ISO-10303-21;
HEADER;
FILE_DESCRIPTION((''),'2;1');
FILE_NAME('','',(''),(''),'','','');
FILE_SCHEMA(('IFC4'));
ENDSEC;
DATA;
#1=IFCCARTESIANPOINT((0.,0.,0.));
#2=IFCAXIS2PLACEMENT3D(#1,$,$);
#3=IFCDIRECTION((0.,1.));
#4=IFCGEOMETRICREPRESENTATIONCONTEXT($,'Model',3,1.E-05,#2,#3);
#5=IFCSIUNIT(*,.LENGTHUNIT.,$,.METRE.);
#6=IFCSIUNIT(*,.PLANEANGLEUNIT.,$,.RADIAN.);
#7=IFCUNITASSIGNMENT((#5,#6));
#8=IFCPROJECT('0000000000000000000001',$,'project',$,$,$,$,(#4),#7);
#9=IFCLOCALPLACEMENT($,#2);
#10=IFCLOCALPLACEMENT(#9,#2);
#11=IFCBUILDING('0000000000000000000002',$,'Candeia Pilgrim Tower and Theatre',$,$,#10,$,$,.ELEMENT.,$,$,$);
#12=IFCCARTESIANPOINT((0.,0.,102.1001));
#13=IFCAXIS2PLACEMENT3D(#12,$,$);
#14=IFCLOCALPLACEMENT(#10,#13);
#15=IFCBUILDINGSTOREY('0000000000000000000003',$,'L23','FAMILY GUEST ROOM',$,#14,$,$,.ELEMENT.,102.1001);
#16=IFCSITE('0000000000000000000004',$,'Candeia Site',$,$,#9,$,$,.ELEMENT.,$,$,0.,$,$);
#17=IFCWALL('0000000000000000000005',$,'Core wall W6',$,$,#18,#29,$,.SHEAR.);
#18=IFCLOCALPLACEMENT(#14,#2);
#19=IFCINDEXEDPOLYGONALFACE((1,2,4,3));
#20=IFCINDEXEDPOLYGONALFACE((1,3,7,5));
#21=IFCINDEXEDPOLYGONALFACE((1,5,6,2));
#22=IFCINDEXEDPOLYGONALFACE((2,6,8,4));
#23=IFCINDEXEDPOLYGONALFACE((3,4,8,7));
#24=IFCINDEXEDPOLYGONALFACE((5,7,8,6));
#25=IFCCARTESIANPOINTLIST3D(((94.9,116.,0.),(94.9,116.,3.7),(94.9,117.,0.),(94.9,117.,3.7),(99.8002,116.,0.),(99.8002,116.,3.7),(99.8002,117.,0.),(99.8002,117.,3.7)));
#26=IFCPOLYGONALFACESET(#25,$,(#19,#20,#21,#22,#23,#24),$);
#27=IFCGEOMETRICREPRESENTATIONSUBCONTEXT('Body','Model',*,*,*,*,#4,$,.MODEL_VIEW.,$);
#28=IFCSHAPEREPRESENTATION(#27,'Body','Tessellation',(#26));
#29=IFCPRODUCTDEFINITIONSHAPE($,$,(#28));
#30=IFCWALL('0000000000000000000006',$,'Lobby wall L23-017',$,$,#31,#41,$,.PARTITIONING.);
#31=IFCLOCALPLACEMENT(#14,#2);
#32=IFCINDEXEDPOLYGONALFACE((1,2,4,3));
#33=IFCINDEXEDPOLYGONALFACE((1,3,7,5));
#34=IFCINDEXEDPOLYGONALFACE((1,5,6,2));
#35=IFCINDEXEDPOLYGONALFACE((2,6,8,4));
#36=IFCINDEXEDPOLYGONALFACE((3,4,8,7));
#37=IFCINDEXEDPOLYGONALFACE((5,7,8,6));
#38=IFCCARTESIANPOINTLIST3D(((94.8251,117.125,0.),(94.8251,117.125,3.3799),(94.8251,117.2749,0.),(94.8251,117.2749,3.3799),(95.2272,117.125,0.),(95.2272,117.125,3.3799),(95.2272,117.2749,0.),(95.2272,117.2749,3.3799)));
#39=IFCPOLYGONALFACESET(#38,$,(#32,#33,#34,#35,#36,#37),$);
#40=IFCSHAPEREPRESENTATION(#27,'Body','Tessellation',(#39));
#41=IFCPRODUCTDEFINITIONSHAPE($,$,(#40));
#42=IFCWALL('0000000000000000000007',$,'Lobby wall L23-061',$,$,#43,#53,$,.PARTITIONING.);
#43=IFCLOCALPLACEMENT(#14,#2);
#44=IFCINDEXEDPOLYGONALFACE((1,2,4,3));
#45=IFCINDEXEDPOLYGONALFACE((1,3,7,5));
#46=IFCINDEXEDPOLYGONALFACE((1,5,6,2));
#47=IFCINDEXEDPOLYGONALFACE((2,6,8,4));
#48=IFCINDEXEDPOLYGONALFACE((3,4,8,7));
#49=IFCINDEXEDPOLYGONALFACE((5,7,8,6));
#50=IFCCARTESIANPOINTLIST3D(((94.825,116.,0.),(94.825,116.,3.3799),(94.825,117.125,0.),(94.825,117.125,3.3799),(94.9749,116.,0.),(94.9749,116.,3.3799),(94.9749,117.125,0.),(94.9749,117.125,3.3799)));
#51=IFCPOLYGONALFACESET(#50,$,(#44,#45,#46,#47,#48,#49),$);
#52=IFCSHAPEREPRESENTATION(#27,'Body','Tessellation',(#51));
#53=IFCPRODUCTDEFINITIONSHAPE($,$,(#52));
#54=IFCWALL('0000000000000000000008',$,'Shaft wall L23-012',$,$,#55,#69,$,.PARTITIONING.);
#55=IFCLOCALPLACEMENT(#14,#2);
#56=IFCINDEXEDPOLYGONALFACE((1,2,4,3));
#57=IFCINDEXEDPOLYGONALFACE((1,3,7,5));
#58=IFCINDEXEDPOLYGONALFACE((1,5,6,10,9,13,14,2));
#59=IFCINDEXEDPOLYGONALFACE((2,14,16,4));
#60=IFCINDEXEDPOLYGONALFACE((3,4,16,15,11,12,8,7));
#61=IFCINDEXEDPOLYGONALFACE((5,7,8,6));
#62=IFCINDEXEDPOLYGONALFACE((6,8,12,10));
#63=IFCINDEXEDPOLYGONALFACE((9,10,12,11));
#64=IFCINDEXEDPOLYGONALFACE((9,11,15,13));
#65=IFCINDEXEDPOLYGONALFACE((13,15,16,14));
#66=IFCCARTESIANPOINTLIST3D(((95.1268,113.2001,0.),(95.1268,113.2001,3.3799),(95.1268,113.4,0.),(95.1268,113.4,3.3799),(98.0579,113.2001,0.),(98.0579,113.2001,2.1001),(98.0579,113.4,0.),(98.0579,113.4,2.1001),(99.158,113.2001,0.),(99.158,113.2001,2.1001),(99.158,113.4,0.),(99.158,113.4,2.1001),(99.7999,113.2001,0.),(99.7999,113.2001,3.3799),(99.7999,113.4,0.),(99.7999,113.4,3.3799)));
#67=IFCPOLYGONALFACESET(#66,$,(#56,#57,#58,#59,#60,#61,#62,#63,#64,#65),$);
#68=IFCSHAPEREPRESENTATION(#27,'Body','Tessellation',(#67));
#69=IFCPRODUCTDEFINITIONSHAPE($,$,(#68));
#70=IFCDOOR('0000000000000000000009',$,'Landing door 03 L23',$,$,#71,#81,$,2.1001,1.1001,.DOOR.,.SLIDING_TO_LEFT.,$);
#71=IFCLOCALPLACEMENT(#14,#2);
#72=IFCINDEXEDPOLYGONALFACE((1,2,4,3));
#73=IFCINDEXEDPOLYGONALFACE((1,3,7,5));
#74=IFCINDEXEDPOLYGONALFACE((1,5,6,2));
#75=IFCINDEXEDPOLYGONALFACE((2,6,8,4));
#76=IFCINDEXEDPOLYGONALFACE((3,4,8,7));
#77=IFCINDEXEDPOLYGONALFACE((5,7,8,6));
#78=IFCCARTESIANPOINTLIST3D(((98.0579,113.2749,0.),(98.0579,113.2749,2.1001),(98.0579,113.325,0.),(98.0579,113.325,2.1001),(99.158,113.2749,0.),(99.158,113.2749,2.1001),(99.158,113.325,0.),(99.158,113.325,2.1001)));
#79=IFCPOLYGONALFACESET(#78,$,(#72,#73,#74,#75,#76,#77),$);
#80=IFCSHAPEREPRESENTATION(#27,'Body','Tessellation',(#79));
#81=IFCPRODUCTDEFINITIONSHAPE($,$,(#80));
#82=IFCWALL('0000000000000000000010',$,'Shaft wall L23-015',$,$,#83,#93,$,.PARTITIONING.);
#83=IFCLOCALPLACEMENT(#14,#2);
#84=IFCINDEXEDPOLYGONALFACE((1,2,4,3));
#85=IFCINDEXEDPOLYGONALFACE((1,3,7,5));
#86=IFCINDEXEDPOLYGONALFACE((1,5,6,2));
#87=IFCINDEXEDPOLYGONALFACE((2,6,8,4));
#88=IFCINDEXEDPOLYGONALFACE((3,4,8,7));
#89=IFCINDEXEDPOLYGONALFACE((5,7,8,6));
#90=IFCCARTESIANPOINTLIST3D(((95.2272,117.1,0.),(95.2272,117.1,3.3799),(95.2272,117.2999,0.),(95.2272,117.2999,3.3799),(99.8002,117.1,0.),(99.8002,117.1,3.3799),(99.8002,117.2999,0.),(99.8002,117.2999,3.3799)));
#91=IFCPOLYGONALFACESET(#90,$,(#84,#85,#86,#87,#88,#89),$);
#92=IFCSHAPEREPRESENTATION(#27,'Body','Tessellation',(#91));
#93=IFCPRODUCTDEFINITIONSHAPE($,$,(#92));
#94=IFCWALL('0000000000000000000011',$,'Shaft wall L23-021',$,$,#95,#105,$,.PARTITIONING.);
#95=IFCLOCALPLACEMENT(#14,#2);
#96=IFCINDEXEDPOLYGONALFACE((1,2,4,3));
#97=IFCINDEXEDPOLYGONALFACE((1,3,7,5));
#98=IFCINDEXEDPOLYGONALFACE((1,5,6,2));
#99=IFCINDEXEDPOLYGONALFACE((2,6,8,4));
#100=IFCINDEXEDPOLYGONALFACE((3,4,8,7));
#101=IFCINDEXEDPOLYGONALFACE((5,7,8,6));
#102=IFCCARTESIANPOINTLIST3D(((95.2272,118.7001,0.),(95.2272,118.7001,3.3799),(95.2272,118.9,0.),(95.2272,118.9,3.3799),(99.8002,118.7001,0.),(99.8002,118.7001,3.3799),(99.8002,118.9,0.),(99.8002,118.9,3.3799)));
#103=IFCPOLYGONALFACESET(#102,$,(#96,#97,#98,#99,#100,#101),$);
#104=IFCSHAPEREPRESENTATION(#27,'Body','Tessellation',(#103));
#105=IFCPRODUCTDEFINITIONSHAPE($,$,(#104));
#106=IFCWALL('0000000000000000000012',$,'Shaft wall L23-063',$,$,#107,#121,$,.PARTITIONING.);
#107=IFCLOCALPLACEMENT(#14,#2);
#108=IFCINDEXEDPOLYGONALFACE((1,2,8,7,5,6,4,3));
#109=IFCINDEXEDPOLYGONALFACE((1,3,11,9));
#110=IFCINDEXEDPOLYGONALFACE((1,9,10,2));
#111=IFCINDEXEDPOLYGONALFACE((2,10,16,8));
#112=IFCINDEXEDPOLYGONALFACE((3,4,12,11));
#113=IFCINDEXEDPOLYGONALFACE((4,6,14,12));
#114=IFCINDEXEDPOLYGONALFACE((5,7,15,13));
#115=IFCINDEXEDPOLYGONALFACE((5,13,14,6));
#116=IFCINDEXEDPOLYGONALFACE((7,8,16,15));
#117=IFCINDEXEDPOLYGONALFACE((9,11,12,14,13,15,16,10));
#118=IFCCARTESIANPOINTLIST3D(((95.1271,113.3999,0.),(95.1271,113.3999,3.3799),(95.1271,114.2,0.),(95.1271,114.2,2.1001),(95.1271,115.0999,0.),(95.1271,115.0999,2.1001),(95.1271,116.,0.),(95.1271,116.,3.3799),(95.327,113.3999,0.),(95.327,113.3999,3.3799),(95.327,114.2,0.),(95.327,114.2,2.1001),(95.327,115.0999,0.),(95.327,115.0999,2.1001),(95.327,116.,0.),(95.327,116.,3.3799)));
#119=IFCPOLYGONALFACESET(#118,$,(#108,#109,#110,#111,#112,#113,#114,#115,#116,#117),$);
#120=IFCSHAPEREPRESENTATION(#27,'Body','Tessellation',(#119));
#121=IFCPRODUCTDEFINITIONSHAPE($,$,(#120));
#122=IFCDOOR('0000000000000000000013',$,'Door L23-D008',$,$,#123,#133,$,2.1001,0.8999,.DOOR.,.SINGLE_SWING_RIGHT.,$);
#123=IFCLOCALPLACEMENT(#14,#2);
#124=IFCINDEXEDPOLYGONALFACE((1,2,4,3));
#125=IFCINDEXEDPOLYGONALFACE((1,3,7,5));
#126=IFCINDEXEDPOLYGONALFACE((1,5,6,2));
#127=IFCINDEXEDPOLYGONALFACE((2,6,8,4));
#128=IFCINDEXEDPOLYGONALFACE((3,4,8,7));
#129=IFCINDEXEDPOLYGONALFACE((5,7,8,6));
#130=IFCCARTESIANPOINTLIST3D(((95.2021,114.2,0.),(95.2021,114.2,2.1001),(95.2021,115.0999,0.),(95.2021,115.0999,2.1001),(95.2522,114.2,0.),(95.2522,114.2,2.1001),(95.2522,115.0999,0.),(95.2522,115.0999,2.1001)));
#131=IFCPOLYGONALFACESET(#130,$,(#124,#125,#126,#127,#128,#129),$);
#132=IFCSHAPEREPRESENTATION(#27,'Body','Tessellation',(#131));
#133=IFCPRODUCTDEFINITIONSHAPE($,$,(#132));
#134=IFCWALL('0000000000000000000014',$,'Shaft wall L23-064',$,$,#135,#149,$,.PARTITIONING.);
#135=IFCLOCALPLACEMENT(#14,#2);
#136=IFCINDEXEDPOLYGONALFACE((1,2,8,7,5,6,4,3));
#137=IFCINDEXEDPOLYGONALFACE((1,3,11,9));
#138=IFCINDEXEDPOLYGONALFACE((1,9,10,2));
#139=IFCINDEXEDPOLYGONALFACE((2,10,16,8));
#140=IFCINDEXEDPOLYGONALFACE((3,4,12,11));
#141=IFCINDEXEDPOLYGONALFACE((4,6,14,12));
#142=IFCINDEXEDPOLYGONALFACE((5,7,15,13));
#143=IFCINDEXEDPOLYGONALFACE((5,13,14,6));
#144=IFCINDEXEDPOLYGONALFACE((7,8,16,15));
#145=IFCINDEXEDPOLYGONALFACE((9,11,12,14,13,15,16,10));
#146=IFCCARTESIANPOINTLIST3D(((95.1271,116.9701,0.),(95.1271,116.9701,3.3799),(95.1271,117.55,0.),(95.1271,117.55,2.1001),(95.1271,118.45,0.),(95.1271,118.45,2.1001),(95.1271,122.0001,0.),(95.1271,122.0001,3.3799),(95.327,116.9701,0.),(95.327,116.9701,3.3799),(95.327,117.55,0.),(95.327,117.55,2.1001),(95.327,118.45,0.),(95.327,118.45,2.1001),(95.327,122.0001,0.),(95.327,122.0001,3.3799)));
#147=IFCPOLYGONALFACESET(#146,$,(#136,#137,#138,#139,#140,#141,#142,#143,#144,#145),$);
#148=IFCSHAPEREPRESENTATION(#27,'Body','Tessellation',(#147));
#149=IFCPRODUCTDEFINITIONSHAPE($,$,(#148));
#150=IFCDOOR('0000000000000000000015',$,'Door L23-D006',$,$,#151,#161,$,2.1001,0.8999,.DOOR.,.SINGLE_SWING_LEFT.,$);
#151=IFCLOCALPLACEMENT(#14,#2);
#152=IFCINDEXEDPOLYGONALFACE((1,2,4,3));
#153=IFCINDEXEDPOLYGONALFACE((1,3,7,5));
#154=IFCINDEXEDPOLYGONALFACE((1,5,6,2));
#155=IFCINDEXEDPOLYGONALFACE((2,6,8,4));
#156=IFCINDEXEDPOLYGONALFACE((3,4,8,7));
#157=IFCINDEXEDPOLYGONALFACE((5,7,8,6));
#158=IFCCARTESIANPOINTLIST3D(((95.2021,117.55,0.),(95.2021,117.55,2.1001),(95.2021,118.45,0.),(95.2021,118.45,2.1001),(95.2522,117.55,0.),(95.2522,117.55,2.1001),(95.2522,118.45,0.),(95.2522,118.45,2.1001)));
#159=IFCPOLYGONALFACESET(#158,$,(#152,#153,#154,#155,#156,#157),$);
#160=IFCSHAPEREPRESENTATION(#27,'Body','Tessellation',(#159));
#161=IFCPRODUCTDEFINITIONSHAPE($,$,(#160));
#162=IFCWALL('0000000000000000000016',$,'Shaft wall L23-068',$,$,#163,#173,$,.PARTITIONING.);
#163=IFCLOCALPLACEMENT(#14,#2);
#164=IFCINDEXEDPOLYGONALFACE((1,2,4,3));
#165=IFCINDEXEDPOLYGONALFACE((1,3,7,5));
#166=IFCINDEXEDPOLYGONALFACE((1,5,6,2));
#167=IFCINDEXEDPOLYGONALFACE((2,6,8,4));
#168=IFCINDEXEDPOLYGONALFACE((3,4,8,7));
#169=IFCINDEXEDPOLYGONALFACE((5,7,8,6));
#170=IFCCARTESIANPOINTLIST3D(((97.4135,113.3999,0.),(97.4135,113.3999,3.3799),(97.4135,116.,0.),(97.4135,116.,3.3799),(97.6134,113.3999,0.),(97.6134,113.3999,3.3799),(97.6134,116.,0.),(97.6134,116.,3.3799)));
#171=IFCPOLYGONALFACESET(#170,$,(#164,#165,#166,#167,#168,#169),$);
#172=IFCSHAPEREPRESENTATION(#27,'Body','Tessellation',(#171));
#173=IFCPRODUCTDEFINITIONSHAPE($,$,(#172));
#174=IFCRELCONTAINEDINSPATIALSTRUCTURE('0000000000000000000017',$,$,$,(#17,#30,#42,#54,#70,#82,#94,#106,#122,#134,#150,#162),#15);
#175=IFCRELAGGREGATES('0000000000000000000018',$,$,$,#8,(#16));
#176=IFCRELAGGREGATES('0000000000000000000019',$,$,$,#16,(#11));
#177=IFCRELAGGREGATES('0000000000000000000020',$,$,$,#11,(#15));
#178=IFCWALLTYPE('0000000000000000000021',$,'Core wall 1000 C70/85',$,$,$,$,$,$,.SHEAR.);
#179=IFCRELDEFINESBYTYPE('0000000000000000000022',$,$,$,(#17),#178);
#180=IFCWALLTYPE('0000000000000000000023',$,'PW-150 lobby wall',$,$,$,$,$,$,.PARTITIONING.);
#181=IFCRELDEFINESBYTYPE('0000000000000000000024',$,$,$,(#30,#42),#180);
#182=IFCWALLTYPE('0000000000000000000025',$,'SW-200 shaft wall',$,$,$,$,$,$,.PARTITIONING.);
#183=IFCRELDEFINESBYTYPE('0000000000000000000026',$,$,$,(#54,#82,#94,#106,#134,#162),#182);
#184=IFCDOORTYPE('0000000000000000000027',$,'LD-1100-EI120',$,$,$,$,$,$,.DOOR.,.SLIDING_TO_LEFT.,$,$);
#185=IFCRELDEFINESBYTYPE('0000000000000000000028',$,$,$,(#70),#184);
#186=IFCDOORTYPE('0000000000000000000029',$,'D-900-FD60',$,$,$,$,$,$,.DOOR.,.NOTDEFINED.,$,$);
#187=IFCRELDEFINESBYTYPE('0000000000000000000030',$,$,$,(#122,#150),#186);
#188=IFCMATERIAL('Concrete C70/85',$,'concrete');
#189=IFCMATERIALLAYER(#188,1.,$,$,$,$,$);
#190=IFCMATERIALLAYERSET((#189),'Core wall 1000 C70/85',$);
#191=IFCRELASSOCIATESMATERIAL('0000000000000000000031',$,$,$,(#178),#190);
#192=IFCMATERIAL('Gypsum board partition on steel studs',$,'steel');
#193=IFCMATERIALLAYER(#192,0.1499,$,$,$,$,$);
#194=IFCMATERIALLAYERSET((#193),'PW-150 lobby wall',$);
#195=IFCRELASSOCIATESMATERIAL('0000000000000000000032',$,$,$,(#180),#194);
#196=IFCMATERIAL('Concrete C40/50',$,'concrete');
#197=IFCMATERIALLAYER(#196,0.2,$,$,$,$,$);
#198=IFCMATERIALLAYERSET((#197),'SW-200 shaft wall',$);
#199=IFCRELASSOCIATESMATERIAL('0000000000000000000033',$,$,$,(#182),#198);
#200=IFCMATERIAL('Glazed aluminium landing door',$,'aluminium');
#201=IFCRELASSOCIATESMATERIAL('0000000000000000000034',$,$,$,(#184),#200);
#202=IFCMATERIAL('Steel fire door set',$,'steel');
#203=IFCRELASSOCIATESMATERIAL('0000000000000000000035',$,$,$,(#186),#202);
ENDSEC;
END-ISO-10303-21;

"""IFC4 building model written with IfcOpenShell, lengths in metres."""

from ifc_helpers import new_model, si_unit, direction, frame, frame_2d, origin, place, context, subcontext, project, spatial, rectangle, extrude, material, layer, layer_set, type_object, element, fill, save


model = new_model("IFC4")

# Units and contexts
model_context = context("Model", 3, precision=1e-05, world=origin(), true_north=direction((0.0, 1.0)))
body_context = subcontext(model_context, "Body", "Model", "MODEL_VIEW")
ifc_project = project(units=[si_unit("LENGTHUNIT", "METRE"), si_unit("PLANEANGLEUNIT", "RADIAN")], contexts=[model_context])

# Site, building, storey
site_placement = place(None, origin())
site = spatial("IfcSite", under=ifc_project, at=site_placement, Name="Candeia Site", CompositionType="ELEMENT", RefElevation=0.0)
building_placement = place(site_placement, origin())
building = spatial("IfcBuilding", under=site, at=building_placement, Name="Candeia Pilgrim Tower and Theatre", CompositionType="ELEMENT")
storey_placement = place(building_placement, frame((0.0, 0.0, 102.1001)))
storey = spatial("IfcBuildingStorey", under=building, at=storey_placement, Name="L23", Description="FAMILY GUEST ROOM", CompositionType="ELEMENT", Elevation=102.1001)

# Walls
ifc_material_1 = material(Name="Concrete C70/85", Category="concrete")
ifc_layer_1 = layer(ifc_material_1, 1.0)
ifc_layer_set_1 = layer_set([ifc_layer_1], Name="Core wall 1000 C70/85")
wall_type_1 = type_object("IfcWallType", Name="Core wall 1000 C70/85", PredefinedType="SHEAR", material=ifc_layer_set_1)
wall_1_placement = place(storey_placement, frame((94.8999, 116.5, 0.0), z_axis=(0.0, 0.0, 1.0), x_axis=(1.0, 0.0, 0.0)))
element("IfcWall", 1, at=wall_1_placement, inside=storey, type_object=wall_type_1, Name="Core wall W6", PredefinedType="SHEAR", context=body_context, shape_type="SweptSolid", body=[
    extrude(rectangle(XDim=4.9001, YDim=1.0, at=frame_2d((2.4502, 0.0))), origin(), (0.0, 0.0, 1.0), 3.7),
])
ifc_material_2 = material(Name="Gypsum board partition on steel studs", Category="steel")
ifc_layer_2 = layer(ifc_material_2, 0.1499)
ifc_layer_set_2 = layer_set([ifc_layer_2], Name="PW-150 lobby wall")
wall_type_2 = type_object("IfcWallType", Name="PW-150 lobby wall", PredefinedType="PARTITIONING", material=ifc_layer_set_2)
wall_2_placement = place(storey_placement, frame((94.825, 117.2, 0.0), z_axis=(0.0, 0.0, 1.0), x_axis=(1.0, 0.0, 0.0)))
element("IfcWall", 2, at=wall_2_placement, inside=storey, type_object=wall_type_2, Name="Lobby wall L23-017", PredefinedType="PARTITIONING", context=body_context, shape_type="SweptSolid", body=[
    extrude(rectangle(XDim=0.4021, YDim=0.1499, at=frame_2d((0.2012, 0.0))), origin(), (0.0, 0.0, 1.0), 3.3799),
])
wall_3_placement = place(storey_placement, frame((94.8999, 116.0, 0.0), z_axis=(0.0, 0.0, 1.0), x_axis=(0.0, 1.0, 0.0)))
element("IfcWall", 3, at=wall_3_placement, inside=storey, type_object=wall_type_2, Name="Lobby wall L23-061", PredefinedType="PARTITIONING", context=body_context, shape_type="SweptSolid", body=[
    extrude(rectangle(XDim=1.125, YDim=0.1499, at=frame_2d((0.5625, 0.0))), origin(), (0.0, 0.0, 1.0), 3.3799),
])

# Wall, opening, door
ifc_material_3 = material(Name="Concrete C40/50", Category="concrete")
ifc_layer_3 = layer(ifc_material_3, 0.2)
ifc_layer_set_3 = layer_set([ifc_layer_3], Name="SW-200 shaft wall")
wall_type_3 = type_object("IfcWallType", Name="SW-200 shaft wall", PredefinedType="PARTITIONING", material=ifc_layer_set_3)
wall_4_placement = place(storey_placement, frame((95.127, 113.3, 0.0), z_axis=(0.0, 0.0, 1.0), x_axis=(1.0, 0.0, 0.0)))
wall_4 = element("IfcWall", 4, at=wall_4_placement, inside=storey, type_object=wall_type_3, Name="Shaft wall L23-012", PredefinedType="PARTITIONING", context=body_context, shape_type="SweptSolid", body=[
    extrude(rectangle(XDim=4.6731, YDim=0.2, at=frame_2d((2.3364, 0.0))), origin(), (0.0, 0.0, 1.0), 3.3799),
])
opening_1_placement = place(wall_4_placement, frame((2.9309, 0.0, 0.0)))
opening_1 = element("IfcOpeningElement", 5, at=opening_1_placement, cuts=wall_4, PredefinedType="OPENING", context=body_context, shape_type="SweptSolid", body=[
    extrude(rectangle(XDim=1.1001, YDim=2.1001, at=frame_2d((0.55, 1.05))), frame((0.0, 0.1099, 0.0), z_axis=(0.0, -1.0, 0.0), x_axis=(1.0, 0.0, 0.0)), (0.0, 0.0, 1.0), 0.22),
])
ifc_material_4 = material(Name="Glazed aluminium landing door", Category="aluminium")
door_type_1 = type_object("IfcDoorType", Name="LD-1100-EI120", OperationType="SLIDING_TO_LEFT", PredefinedType="DOOR", material=ifc_material_4)
door_1_placement = place(opening_1_placement, origin())
door_1 = element("IfcDoor", 6, at=door_1_placement, inside=storey, type_object=door_type_1, Name="Landing door 03 L23", OperationType="SLIDING_TO_LEFT", OverallHeight=2.1001, OverallWidth=1.1001, PredefinedType="DOOR", context=body_context, shape_type="SweptSolid", body=[
    extrude(rectangle(XDim=1.1001, YDim=2.1001, at=frame_2d((0.55, 1.05))), frame((0.0, 0.0249, 0.0), z_axis=(0.0, -1.0, 0.0), x_axis=(1.0, 0.0, 0.0)), (0.0, 0.0, 1.0), 0.05),
])
fill(opening_1, door_1)

# Walls
for number, where, z_axis, x_axis, name in (
    (7, (95.2271, 117.2, 0.0), (0.0, 0.0, 1.0), (1.0, 0.0, 0.0), "Shaft wall L23-015"),
    (8, (95.2271, 118.8, 0.0), (0.0, 0.0, 1.0), (1.0, 0.0, 0.0), "Shaft wall L23-021"),
):
    element("IfcWall", number, at=place(storey_placement, frame(where, z_axis=z_axis, x_axis=x_axis)), inside=storey, type_object=wall_type_3, Name=name, PredefinedType="PARTITIONING", context=body_context, shape_type="SweptSolid", body=[
        extrude(rectangle(XDim=4.573, YDim=0.2, at=frame_2d((2.2866, 0.0))), origin(), (0.0, 0.0, 1.0), 3.3799),
    ])

# Walls, openings, doors
wall_5_placement = place(storey_placement, frame((95.2271, 113.3999, 0.0), z_axis=(0.0, 0.0, 1.0), x_axis=(0.0, 1.0, 0.0)))
wall_5 = element("IfcWall", 9, at=wall_5_placement, inside=storey, type_object=wall_type_3, Name="Shaft wall L23-063", PredefinedType="PARTITIONING", context=body_context, shape_type="SweptSolid", body=[
    extrude(rectangle(XDim=2.6001, YDim=0.2, at=frame_2d((1.3, 0.0))), origin(), (0.0, 0.0, 1.0), 3.3799),
])
opening_2_placement = place(wall_5_placement, frame((0.8, 0.0, 0.0)))
opening_2 = element("IfcOpeningElement", 10, at=opening_2_placement, cuts=wall_5, PredefinedType="OPENING", context=body_context, shape_type="SweptSolid", body=[
    extrude(rectangle(XDim=0.8999, YDim=2.1001, at=frame_2d((0.45, 1.05))), frame((0.0, 0.1099, 0.0), z_axis=(0.0, -1.0, 0.0), x_axis=(1.0, 0.0, 0.0)), (0.0, 0.0, 1.0), 0.22),
])
ifc_material_5 = material(Name="Steel fire door set", Category="steel")
door_type_2 = type_object("IfcDoorType", Name="D-900-FD60", OperationType="NOTDEFINED", PredefinedType="DOOR", material=ifc_material_5)
door_2_placement = place(opening_2_placement, origin())
door_2 = element("IfcDoor", 11, at=door_2_placement, inside=storey, type_object=door_type_2, Name="Door L23-D008", OperationType="SINGLE_SWING_RIGHT", OverallHeight=2.1001, OverallWidth=0.8999, PredefinedType="DOOR", context=body_context, shape_type="SweptSolid", body=[
    extrude(rectangle(XDim=0.8999, YDim=2.1001, at=frame_2d((0.45, 1.05))), frame((0.0, 0.0249, 0.0), z_axis=(0.0, -1.0, 0.0), x_axis=(1.0, 0.0, 0.0)), (0.0, 0.0, 1.0), 0.05),
])
fill(opening_2, door_2)
wall_6_placement = place(storey_placement, frame((95.2271, 116.97, 0.0), z_axis=(0.0, 0.0, 1.0), x_axis=(0.0, 1.0, 0.0)))
wall_6 = element("IfcWall", 12, at=wall_6_placement, inside=storey, type_object=wall_type_3, Name="Shaft wall L23-064", PredefinedType="PARTITIONING", context=body_context, shape_type="SweptSolid", body=[
    extrude(rectangle(XDim=5.03, YDim=0.2, at=frame_2d((2.5151, 0.0))), origin(), (0.0, 0.0, 1.0), 3.3799),
])
opening_3_placement = place(wall_6_placement, frame((0.5801, 0.0, 0.0)))
opening_3 = element("IfcOpeningElement", 13, at=opening_3_placement, cuts=wall_6, PredefinedType="OPENING", context=body_context, shape_type="SweptSolid", body=[
    extrude(rectangle(XDim=0.8999, YDim=2.1001, at=frame_2d((0.45, 1.05))), frame((0.0, 0.1099, 0.0), z_axis=(0.0, -1.0, 0.0), x_axis=(1.0, 0.0, 0.0)), (0.0, 0.0, 1.0), 0.22),
])
door_3_placement = place(opening_3_placement, origin())
door_3 = element("IfcDoor", 14, at=door_3_placement, inside=storey, type_object=door_type_2, Name="Door L23-D006", OperationType="SINGLE_SWING_LEFT", OverallHeight=2.1001, OverallWidth=0.8999, PredefinedType="DOOR", context=body_context, shape_type="SweptSolid", body=[
    extrude(rectangle(XDim=0.8999, YDim=2.1001, at=frame_2d((0.45, 1.05))), frame((0.0, 0.0249, 0.0), z_axis=(0.0, -1.0, 0.0), x_axis=(1.0, 0.0, 0.0)), (0.0, 0.0, 1.0), 0.05),
])
fill(opening_3, door_3)

# Wall
wall_7_placement = place(storey_placement, frame((97.5134, 113.3999, 0.0), z_axis=(0.0, 0.0, 1.0), x_axis=(0.0, 1.0, 0.0)))
element("IfcWall", 15, at=wall_7_placement, inside=storey, type_object=wall_type_3, Name="Shaft wall L23-068", PredefinedType="PARTITIONING", context=body_context, shape_type="SweptSolid", body=[
    extrude(rectangle(XDim=2.6001, YDim=0.2, at=frame_2d((1.3, 0.0))), origin(), (0.0, 0.0, 1.0), 3.3799),
])

save(model, "model.ifc")
